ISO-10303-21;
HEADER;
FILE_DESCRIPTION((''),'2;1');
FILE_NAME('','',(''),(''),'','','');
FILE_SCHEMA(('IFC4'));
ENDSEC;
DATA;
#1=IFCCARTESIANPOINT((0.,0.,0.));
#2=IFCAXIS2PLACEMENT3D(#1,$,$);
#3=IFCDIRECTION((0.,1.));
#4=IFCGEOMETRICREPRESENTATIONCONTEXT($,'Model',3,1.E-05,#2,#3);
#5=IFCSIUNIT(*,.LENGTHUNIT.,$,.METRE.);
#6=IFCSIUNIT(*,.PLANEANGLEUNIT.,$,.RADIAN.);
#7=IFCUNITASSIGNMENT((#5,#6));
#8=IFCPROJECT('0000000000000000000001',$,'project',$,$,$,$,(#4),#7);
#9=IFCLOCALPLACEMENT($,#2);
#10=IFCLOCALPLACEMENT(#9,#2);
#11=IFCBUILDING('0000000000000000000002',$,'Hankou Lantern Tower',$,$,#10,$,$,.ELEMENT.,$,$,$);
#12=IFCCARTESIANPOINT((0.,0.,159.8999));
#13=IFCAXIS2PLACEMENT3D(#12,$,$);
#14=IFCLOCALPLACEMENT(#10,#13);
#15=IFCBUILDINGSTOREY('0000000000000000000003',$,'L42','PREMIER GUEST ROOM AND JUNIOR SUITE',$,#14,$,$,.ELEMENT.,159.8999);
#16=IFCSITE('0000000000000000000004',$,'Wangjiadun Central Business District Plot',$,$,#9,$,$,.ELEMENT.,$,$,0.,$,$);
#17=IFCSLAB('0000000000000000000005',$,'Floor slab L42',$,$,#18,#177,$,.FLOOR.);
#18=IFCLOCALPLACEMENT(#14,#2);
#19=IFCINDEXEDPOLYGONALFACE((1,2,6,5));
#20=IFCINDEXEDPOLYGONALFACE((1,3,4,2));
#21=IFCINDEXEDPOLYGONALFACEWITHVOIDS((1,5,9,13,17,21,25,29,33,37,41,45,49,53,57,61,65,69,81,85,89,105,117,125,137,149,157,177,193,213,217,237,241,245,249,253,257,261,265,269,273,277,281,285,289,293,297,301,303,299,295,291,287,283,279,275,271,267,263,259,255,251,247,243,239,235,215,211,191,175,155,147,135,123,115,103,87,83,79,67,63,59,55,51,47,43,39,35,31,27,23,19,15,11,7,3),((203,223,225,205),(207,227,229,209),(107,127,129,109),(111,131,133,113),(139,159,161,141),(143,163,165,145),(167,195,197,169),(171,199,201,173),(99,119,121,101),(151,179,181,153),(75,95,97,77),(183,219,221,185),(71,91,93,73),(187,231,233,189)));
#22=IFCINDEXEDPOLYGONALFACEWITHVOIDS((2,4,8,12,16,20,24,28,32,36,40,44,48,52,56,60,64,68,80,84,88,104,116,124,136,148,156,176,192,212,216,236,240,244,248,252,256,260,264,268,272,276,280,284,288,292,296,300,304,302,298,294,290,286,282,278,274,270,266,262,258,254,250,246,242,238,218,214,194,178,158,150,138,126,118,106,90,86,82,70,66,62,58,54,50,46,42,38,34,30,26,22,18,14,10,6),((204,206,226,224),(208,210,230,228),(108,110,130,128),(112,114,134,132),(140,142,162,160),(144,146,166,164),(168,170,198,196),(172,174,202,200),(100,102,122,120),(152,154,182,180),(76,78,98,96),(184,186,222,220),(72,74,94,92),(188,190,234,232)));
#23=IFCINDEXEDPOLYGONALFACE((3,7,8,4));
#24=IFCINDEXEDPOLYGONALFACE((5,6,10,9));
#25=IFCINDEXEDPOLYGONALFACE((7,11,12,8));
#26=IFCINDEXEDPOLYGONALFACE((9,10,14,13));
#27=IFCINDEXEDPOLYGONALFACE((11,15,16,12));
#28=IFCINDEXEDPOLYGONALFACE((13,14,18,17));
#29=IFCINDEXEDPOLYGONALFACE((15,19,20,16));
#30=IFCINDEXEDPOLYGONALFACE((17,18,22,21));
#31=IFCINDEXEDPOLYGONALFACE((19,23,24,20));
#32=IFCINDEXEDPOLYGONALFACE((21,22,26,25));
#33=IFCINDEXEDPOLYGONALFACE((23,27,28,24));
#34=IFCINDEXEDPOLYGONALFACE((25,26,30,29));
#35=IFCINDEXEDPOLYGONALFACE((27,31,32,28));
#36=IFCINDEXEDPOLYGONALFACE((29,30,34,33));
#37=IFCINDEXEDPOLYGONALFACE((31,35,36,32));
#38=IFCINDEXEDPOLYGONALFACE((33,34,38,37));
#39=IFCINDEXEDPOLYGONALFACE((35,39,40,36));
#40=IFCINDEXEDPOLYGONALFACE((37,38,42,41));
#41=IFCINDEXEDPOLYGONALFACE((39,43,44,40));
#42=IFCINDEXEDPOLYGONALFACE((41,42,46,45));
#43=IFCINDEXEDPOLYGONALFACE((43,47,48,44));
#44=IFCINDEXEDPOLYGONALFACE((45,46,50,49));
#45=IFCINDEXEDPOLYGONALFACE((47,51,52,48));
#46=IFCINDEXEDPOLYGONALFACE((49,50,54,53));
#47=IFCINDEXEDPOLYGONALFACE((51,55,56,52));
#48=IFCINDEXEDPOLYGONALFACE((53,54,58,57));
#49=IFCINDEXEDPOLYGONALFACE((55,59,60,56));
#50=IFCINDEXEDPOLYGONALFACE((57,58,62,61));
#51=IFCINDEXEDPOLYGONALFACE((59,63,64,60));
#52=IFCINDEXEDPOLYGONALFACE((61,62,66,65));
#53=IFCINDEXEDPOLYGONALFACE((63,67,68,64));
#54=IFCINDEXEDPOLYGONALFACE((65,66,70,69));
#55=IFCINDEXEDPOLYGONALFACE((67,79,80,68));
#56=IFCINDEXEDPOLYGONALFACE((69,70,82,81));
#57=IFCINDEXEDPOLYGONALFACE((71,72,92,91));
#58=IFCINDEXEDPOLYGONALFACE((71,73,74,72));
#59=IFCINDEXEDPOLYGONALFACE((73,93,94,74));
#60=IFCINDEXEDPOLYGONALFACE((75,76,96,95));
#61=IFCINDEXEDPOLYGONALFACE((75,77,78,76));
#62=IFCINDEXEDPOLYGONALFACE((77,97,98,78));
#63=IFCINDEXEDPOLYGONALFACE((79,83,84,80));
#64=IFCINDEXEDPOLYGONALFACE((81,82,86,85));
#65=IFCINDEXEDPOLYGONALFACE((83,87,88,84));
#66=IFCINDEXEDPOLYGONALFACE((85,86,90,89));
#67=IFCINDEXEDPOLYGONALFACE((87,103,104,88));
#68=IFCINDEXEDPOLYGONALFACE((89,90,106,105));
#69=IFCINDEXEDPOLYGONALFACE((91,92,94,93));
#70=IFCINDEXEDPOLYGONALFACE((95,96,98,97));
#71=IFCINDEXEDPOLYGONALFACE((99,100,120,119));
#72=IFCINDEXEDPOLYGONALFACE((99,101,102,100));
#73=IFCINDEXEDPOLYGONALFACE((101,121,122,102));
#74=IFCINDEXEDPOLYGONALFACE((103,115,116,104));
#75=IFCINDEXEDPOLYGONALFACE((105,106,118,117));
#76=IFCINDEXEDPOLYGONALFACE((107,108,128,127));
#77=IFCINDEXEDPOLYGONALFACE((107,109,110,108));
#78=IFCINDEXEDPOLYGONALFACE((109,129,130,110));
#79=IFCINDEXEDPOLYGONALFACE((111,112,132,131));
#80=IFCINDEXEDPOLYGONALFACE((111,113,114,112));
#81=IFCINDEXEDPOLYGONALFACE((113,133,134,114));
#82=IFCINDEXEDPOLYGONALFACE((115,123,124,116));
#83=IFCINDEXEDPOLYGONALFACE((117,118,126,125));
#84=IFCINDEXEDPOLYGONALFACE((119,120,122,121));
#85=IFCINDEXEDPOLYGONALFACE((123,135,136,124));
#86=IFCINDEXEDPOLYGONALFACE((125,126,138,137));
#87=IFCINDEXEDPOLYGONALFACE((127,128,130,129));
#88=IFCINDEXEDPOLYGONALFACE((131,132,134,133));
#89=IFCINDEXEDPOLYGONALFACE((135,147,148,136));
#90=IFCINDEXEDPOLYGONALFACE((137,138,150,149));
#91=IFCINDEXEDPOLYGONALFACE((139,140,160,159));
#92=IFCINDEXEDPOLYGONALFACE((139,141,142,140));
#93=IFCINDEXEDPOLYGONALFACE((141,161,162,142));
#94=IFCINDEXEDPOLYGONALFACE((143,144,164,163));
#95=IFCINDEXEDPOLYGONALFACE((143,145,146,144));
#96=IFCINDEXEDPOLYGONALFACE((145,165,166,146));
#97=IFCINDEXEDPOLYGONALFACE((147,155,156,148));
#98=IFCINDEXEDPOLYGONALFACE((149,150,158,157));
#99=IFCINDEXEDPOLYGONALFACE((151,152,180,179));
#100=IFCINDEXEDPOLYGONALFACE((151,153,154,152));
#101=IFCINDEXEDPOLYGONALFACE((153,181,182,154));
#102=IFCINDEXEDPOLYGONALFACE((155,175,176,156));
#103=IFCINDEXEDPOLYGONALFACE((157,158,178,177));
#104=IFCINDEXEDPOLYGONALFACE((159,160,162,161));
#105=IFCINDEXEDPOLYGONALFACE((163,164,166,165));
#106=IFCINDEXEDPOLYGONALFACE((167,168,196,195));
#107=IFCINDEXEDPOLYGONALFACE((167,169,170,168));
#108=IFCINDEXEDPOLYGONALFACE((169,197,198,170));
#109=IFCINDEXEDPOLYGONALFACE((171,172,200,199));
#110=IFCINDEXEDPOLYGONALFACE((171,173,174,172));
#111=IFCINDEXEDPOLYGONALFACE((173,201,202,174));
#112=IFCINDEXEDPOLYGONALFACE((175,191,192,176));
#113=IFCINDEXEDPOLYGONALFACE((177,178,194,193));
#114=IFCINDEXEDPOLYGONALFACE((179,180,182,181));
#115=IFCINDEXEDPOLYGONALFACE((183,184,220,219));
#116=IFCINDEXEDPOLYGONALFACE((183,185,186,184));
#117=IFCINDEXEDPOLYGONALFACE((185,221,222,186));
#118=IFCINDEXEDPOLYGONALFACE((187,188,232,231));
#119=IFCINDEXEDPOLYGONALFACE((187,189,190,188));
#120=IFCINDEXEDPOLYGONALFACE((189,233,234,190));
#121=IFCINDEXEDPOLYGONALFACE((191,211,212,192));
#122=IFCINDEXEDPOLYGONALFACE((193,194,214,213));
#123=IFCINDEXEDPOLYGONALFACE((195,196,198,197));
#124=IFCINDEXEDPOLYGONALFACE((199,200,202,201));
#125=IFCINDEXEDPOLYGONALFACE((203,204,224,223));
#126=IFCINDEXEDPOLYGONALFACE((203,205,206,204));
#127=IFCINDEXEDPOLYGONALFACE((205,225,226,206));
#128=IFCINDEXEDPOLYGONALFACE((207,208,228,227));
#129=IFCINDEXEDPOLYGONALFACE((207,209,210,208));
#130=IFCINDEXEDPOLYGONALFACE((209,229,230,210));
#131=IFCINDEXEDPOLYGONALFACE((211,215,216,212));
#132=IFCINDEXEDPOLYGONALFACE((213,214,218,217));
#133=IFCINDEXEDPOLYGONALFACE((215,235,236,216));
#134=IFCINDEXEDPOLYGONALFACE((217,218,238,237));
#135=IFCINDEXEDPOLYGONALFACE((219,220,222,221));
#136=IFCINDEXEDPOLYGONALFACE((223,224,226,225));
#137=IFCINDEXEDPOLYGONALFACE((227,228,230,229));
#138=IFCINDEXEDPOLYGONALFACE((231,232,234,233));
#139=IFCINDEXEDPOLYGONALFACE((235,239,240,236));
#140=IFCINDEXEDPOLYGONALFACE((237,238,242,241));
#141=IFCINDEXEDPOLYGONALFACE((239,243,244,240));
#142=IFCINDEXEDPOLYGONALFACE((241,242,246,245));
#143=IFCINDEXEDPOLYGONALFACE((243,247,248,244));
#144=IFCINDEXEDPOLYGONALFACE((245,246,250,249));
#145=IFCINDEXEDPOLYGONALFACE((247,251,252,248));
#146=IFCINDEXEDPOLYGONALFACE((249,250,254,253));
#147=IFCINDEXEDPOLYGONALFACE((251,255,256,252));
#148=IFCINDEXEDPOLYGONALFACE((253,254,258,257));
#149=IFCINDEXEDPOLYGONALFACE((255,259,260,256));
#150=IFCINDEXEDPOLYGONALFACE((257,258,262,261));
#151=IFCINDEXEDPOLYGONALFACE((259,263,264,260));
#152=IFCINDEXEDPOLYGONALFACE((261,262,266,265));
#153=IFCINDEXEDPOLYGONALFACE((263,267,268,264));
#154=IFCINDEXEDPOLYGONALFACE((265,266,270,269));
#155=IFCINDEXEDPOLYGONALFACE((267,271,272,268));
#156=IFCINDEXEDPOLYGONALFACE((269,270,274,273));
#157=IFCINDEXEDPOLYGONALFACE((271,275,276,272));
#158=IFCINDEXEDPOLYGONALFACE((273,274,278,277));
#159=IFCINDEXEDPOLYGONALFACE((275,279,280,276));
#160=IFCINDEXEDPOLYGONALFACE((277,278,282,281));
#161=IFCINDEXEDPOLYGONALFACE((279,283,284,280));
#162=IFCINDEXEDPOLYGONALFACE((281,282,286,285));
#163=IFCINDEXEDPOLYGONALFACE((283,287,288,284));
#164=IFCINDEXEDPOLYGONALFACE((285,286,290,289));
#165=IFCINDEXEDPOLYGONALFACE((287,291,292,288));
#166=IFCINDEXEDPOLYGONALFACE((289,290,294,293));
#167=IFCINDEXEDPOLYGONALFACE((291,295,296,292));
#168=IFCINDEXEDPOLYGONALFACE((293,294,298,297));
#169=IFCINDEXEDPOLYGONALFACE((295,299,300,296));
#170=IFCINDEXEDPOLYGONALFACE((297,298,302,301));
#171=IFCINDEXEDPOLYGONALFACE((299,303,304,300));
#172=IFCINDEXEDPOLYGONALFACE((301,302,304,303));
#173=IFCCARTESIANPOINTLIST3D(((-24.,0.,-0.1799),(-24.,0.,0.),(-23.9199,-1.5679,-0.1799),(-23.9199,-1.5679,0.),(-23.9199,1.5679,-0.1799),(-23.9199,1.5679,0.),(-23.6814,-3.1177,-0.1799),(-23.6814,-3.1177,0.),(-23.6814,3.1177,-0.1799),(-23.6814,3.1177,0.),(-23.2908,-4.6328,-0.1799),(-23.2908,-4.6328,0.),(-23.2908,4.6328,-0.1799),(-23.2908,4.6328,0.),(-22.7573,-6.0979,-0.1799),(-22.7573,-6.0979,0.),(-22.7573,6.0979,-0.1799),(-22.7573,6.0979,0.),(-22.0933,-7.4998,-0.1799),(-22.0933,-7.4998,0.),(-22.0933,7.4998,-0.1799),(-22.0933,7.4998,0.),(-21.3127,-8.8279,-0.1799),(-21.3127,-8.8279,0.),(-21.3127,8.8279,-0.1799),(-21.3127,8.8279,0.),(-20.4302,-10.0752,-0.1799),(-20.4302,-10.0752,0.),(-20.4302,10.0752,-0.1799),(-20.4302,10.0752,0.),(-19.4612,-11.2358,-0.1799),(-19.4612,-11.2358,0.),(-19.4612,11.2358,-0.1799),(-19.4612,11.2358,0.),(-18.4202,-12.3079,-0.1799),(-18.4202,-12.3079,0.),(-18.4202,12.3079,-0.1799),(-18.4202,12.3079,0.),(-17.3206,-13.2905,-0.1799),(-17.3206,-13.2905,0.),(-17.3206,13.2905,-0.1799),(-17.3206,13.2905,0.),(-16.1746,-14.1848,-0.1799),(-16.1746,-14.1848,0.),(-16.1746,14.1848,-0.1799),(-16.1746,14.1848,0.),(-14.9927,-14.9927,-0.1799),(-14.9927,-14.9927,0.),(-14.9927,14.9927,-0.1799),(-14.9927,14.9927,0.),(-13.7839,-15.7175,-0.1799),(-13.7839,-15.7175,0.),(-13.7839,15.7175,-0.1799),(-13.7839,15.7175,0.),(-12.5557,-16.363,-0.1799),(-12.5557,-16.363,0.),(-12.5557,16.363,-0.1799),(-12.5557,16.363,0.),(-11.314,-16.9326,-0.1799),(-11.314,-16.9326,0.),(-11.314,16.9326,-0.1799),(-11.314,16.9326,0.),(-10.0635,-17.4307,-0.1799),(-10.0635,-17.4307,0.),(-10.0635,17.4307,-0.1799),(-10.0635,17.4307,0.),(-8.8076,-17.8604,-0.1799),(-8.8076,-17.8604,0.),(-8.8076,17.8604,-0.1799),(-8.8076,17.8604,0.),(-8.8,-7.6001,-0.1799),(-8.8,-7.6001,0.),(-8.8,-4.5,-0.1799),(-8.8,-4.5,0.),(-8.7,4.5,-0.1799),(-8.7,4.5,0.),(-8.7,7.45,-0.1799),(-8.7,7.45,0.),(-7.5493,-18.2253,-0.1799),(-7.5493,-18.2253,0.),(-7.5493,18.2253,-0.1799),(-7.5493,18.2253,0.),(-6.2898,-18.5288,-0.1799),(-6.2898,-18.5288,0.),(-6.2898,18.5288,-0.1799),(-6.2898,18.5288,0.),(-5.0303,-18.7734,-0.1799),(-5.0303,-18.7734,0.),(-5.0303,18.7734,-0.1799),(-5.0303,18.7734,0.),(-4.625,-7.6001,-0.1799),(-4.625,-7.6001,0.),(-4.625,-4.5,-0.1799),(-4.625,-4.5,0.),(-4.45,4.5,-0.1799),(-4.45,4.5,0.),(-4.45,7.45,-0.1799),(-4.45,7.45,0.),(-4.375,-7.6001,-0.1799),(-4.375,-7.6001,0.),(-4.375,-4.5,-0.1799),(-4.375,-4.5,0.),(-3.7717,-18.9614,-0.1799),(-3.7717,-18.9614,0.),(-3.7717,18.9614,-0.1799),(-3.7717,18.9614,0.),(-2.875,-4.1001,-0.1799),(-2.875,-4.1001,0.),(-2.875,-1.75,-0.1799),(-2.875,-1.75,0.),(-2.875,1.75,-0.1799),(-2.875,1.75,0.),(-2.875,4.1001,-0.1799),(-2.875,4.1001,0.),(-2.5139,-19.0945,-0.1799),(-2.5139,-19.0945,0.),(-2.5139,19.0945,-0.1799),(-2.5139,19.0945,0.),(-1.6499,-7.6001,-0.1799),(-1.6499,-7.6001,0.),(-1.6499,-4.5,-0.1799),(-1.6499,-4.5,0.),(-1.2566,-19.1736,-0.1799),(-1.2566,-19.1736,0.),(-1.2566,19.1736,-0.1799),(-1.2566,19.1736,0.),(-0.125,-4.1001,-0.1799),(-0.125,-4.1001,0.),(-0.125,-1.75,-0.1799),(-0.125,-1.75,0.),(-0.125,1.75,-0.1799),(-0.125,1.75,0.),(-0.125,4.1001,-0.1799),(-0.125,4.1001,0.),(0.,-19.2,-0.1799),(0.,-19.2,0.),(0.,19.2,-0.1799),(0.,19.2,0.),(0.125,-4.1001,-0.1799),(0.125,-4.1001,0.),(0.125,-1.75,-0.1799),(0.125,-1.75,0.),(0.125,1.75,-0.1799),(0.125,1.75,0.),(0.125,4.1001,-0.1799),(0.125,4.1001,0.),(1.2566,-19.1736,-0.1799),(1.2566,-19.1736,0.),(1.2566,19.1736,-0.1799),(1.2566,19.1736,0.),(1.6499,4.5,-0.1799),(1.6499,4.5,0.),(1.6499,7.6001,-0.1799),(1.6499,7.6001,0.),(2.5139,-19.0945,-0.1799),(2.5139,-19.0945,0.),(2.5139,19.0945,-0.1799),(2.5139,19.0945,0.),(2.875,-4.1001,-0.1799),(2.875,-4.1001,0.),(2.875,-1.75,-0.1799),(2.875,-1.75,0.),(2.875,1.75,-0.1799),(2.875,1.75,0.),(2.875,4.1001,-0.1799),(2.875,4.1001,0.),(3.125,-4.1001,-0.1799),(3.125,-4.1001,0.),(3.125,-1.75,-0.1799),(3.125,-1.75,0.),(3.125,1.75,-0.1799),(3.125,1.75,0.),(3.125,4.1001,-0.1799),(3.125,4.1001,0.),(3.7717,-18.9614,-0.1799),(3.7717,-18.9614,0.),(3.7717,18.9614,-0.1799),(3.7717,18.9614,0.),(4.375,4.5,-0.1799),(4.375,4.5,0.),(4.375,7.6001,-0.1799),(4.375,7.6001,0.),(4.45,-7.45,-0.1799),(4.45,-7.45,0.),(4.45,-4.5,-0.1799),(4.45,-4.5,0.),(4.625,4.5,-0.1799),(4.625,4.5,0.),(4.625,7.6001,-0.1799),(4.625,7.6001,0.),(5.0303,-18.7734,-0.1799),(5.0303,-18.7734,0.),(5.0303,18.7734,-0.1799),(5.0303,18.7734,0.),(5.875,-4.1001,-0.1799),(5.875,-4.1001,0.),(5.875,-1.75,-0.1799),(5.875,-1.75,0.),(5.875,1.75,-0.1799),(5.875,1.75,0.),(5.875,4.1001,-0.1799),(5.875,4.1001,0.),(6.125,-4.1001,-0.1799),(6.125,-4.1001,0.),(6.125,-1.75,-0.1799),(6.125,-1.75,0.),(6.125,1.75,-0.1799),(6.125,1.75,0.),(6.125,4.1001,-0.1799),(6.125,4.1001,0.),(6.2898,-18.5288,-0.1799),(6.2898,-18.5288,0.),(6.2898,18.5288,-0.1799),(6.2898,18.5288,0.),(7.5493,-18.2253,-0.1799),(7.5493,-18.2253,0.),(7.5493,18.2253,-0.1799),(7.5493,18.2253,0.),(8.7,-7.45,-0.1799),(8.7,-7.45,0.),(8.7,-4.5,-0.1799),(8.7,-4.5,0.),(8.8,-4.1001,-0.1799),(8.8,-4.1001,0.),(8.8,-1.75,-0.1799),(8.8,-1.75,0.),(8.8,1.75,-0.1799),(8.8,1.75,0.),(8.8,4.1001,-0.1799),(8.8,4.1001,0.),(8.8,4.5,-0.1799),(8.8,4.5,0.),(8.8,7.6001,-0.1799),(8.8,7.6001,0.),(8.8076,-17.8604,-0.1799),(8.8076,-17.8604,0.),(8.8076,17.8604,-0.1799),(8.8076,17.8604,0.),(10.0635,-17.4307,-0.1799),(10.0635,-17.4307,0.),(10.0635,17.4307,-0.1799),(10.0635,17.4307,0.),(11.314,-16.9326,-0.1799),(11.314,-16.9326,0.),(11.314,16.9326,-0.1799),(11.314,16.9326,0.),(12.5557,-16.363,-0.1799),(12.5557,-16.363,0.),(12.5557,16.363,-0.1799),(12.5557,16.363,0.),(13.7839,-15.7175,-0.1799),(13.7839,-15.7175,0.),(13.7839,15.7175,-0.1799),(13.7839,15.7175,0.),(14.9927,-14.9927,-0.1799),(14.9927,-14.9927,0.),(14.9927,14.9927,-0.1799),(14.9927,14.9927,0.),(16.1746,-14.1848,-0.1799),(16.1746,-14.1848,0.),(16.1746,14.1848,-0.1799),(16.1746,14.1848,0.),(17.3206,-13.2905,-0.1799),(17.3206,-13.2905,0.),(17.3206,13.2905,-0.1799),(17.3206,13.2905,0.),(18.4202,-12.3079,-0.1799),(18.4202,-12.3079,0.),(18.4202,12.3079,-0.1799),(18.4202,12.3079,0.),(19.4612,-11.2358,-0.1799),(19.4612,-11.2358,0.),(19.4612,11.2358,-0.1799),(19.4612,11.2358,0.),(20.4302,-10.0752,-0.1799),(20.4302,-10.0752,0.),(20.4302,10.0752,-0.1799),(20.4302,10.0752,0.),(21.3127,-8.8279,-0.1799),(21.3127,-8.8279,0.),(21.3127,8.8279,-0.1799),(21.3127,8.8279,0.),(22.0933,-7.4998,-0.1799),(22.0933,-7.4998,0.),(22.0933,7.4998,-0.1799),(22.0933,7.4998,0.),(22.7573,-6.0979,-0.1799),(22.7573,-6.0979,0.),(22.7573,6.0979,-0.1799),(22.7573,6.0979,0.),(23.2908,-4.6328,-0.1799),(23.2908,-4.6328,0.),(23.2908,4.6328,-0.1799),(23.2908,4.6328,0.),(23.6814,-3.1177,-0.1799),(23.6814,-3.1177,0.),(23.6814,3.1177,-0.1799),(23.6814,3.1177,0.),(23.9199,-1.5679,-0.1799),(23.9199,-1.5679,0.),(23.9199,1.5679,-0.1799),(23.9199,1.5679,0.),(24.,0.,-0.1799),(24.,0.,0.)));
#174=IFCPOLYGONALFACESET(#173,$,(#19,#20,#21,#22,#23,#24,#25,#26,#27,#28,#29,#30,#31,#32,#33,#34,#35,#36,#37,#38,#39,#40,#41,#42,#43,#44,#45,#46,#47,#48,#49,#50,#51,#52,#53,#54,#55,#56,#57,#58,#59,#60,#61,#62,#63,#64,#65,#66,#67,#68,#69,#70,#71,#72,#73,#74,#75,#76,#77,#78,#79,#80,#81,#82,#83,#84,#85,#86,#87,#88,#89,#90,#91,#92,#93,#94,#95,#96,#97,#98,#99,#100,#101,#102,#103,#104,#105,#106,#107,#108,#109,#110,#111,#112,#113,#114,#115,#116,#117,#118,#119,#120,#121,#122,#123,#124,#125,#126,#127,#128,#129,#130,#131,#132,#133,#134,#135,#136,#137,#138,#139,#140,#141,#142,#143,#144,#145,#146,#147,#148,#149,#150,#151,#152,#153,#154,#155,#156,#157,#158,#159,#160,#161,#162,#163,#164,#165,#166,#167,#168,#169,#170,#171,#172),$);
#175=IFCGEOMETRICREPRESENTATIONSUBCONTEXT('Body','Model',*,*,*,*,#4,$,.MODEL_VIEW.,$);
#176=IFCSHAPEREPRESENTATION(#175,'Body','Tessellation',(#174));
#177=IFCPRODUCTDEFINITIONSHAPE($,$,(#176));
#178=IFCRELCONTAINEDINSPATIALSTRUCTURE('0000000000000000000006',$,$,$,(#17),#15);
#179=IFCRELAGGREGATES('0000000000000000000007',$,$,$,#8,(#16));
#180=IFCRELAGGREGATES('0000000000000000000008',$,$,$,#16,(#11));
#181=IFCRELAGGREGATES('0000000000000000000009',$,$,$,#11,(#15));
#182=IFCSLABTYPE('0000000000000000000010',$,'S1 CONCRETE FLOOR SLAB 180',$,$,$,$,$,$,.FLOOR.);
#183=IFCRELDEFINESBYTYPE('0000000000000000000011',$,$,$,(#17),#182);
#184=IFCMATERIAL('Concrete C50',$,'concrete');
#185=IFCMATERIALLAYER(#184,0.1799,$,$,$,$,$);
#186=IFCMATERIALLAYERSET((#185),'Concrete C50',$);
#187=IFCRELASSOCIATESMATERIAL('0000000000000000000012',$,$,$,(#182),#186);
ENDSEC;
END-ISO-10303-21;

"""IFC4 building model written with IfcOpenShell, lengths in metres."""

from ifc_helpers import new_model, si_unit, direction, frame, origin, place, context, subcontext, project, spatial, polyline, outline, extrude, material, layer, layer_set, type_object, element, save


model = new_model("IFC4")

# Units and contexts
model_context = context("Model", 3, precision=1e-05, world=origin(), true_north=direction((0.0, 1.0)))
body_context = subcontext(model_context, "Body", "Model", "MODEL_VIEW")
ifc_project = project(units=[si_unit("LENGTHUNIT", "METRE"), si_unit("PLANEANGLEUNIT", "RADIAN")], contexts=[model_context])

# Site, building, storey
site_placement = place(None, origin())
site = spatial("IfcSite", under=ifc_project, at=site_placement, Name="Wangjiadun Central Business District Plot", CompositionType="ELEMENT", RefElevation=0.0)
building_placement = place(site_placement, origin())
building = spatial("IfcBuilding", under=site, at=building_placement, Name="Hankou Lantern Tower", CompositionType="ELEMENT")
storey_placement = place(building_placement, frame((0.0, 0.0, 159.8999)))
storey = spatial("IfcBuildingStorey", under=building, at=storey_placement, Name="L42", Description="PREMIER GUEST ROOM AND JUNIOR SUITE", CompositionType="ELEMENT", Elevation=159.8999)

# Slab
ifc_material_1 = material(Name="Concrete C50", Category="concrete")
ifc_layer_1 = layer(ifc_material_1, 0.1799)
ifc_layer_set_1 = layer_set([ifc_layer_1], Name="Concrete C50")
slab_type_1 = type_object("IfcSlabType", Name="S1 CONCRETE FLOOR SLAB 180", PredefinedType="FLOOR", material=ifc_layer_set_1)
slab_1_placement = place(storey_placement, frame((0.0, 0.0, -0.1799)))
element("IfcSlab", 1, at=slab_1_placement, inside=storey, type_object=slab_type_1, Name="Floor slab L42", PredefinedType="FLOOR", context=body_context, shape_type="SweptSolid", body=[
    extrude(outline(polyline([(24.0, 0.0), (23.9199, 1.5679), (23.6814, 3.1177), (23.2908, 4.6328), (22.7573, 6.0979), (22.0933, 7.4998), (21.3127, 8.8279), (20.4302, 10.0752), (19.4612, 11.2358), (18.4202, 12.3079), (17.3206, 13.2905), (16.1746, 14.1848), (14.9927, 14.9927), (13.7839, 15.7175), (12.5557, 16.363), (11.314, 16.9326), (10.0635, 17.4307), (8.8076, 17.8604), (7.5493, 18.2253), (6.2898, 18.5288), (5.0303, 18.7734), (3.7717, 18.9614), (2.5139, 19.0945), (1.2566, 19.1736), (0.0, 19.2), (-1.2566, 19.1736), (-2.5139, 19.0945), (-3.7717, 18.9614), (-5.0303, 18.7734), (-6.2898, 18.5288), (-7.5493, 18.2253), (-8.8076, 17.8604), (-10.0635, 17.4307), (-11.314, 16.9326), (-12.5557, 16.363), (-13.7839, 15.7175), (-14.9927, 14.9927), (-16.1746, 14.1848), (-17.3206, 13.2905), (-18.4202, 12.3079), (-19.4612, 11.2358), (-20.4302, 10.0752), (-21.3127, 8.8279), (-22.0933, 7.4998), (-22.7573, 6.0979), (-23.2908, 4.6328), (-23.6814, 3.1177), (-23.9199, 1.5679), (-24.0, 0.0), (-23.9199, -1.5679), (-23.6814, -3.1177), (-23.2908, -4.6328), (-22.7573, -6.0979), (-22.0933, -7.4998), (-21.3127, -8.8279), (-20.4302, -10.0752), (-19.4612, -11.2358), (-18.4202, -12.3079), (-17.3206, -13.2905), (-16.1746, -14.1848), (-14.9927, -14.9927), (-13.7839, -15.7175), (-12.5557, -16.363), (-11.314, -16.9326), (-10.0635, -17.4307), (-8.8076, -17.8604), (-7.5493, -18.2253), (-6.2898, -18.5288), (-5.0303, -18.7734), (-3.7717, -18.9614), (-2.5139, -19.0945), (-1.2566, -19.1736), (0.0, -19.2), (1.2566, -19.1736), (2.5139, -19.0945), (3.7717, -18.9614), (5.0303, -18.7734), (6.2898, -18.5288), (7.5493, -18.2253), (8.8076, -17.8604), (10.0635, -17.4307), (11.314, -16.9326), (12.5557, -16.363), (13.7839, -15.7175), (14.9927, -14.9927), (16.1746, -14.1848), (17.3206, -13.2905), (18.4202, -12.3079), (19.4612, -11.2358), (20.4302, -10.0752), (21.3127, -8.8279), (22.0933, -7.4998), (22.7573, -6.0979), (23.2908, -4.6328), (23.6814, -3.1177), (23.9199, -1.5679), (24.0, 0.0)]), holes=[polyline([(-2.875, 4.1001), (-0.125, 4.1001), (-0.125, 1.75), (-2.875, 1.75), (-2.875, 4.1001)]), polyline([(0.125, 4.1001), (2.875, 4.1001), (2.875, 1.75), (0.125, 1.75), (0.125, 4.1001)]), polyline([(3.125, 4.1001), (5.875, 4.1001), (5.875, 1.75), (3.125, 1.75), (3.125, 4.1001)]), polyline([(6.125, 4.1001), (8.8, 4.1001), (8.8, 1.75), (6.125, 1.75), (6.125, 4.1001)]), polyline([(-2.875, -1.75), (-0.125, -1.75), (-0.125, -4.1001), (-2.875, -4.1001), (-2.875, -1.75)]), polyline([(0.125, -1.75), (2.875, -1.75), (2.875, -4.1001), (0.125, -4.1001), (0.125, -1.75)]), polyline([(3.125, -1.75), (5.875, -1.75), (5.875, -4.1001), (3.125, -4.1001), (3.125, -1.75)]), polyline([(6.125, -1.75), (8.8, -1.75), (8.8, -4.1001), (6.125, -4.1001), (6.125, -1.75)]), polyline([(1.6499, 7.6001), (4.375, 7.6001), (4.375, 4.5), (1.6499, 4.5), (1.6499, 7.6001)]), polyline([(-4.375, -4.5), (-1.6499, -4.5), (-1.6499, -7.6001), (-4.375, -7.6001), (-4.375, -4.5)]), polyline([(-8.7, 7.45), (-4.45, 7.45), (-4.45, 4.5), (-8.7, 4.5), (-8.7, 7.45)]), polyline([(4.45, -4.5), (8.7, -4.5), (8.7, -7.45), (4.45, -7.45), (4.45, -4.5)]), polyline([(4.625, 7.6001), (8.8, 7.6001), (8.8, 4.5), (4.625, 4.5), (4.625, 7.6001)]), polyline([(-8.8, -4.5), (-4.625, -4.5), (-4.625, -7.6001), (-8.8, -7.6001), (-8.8, -4.5)])]), origin(), (0.0, 0.0, 1.0), 0.1799),
])

save(model, "model.ifc")
